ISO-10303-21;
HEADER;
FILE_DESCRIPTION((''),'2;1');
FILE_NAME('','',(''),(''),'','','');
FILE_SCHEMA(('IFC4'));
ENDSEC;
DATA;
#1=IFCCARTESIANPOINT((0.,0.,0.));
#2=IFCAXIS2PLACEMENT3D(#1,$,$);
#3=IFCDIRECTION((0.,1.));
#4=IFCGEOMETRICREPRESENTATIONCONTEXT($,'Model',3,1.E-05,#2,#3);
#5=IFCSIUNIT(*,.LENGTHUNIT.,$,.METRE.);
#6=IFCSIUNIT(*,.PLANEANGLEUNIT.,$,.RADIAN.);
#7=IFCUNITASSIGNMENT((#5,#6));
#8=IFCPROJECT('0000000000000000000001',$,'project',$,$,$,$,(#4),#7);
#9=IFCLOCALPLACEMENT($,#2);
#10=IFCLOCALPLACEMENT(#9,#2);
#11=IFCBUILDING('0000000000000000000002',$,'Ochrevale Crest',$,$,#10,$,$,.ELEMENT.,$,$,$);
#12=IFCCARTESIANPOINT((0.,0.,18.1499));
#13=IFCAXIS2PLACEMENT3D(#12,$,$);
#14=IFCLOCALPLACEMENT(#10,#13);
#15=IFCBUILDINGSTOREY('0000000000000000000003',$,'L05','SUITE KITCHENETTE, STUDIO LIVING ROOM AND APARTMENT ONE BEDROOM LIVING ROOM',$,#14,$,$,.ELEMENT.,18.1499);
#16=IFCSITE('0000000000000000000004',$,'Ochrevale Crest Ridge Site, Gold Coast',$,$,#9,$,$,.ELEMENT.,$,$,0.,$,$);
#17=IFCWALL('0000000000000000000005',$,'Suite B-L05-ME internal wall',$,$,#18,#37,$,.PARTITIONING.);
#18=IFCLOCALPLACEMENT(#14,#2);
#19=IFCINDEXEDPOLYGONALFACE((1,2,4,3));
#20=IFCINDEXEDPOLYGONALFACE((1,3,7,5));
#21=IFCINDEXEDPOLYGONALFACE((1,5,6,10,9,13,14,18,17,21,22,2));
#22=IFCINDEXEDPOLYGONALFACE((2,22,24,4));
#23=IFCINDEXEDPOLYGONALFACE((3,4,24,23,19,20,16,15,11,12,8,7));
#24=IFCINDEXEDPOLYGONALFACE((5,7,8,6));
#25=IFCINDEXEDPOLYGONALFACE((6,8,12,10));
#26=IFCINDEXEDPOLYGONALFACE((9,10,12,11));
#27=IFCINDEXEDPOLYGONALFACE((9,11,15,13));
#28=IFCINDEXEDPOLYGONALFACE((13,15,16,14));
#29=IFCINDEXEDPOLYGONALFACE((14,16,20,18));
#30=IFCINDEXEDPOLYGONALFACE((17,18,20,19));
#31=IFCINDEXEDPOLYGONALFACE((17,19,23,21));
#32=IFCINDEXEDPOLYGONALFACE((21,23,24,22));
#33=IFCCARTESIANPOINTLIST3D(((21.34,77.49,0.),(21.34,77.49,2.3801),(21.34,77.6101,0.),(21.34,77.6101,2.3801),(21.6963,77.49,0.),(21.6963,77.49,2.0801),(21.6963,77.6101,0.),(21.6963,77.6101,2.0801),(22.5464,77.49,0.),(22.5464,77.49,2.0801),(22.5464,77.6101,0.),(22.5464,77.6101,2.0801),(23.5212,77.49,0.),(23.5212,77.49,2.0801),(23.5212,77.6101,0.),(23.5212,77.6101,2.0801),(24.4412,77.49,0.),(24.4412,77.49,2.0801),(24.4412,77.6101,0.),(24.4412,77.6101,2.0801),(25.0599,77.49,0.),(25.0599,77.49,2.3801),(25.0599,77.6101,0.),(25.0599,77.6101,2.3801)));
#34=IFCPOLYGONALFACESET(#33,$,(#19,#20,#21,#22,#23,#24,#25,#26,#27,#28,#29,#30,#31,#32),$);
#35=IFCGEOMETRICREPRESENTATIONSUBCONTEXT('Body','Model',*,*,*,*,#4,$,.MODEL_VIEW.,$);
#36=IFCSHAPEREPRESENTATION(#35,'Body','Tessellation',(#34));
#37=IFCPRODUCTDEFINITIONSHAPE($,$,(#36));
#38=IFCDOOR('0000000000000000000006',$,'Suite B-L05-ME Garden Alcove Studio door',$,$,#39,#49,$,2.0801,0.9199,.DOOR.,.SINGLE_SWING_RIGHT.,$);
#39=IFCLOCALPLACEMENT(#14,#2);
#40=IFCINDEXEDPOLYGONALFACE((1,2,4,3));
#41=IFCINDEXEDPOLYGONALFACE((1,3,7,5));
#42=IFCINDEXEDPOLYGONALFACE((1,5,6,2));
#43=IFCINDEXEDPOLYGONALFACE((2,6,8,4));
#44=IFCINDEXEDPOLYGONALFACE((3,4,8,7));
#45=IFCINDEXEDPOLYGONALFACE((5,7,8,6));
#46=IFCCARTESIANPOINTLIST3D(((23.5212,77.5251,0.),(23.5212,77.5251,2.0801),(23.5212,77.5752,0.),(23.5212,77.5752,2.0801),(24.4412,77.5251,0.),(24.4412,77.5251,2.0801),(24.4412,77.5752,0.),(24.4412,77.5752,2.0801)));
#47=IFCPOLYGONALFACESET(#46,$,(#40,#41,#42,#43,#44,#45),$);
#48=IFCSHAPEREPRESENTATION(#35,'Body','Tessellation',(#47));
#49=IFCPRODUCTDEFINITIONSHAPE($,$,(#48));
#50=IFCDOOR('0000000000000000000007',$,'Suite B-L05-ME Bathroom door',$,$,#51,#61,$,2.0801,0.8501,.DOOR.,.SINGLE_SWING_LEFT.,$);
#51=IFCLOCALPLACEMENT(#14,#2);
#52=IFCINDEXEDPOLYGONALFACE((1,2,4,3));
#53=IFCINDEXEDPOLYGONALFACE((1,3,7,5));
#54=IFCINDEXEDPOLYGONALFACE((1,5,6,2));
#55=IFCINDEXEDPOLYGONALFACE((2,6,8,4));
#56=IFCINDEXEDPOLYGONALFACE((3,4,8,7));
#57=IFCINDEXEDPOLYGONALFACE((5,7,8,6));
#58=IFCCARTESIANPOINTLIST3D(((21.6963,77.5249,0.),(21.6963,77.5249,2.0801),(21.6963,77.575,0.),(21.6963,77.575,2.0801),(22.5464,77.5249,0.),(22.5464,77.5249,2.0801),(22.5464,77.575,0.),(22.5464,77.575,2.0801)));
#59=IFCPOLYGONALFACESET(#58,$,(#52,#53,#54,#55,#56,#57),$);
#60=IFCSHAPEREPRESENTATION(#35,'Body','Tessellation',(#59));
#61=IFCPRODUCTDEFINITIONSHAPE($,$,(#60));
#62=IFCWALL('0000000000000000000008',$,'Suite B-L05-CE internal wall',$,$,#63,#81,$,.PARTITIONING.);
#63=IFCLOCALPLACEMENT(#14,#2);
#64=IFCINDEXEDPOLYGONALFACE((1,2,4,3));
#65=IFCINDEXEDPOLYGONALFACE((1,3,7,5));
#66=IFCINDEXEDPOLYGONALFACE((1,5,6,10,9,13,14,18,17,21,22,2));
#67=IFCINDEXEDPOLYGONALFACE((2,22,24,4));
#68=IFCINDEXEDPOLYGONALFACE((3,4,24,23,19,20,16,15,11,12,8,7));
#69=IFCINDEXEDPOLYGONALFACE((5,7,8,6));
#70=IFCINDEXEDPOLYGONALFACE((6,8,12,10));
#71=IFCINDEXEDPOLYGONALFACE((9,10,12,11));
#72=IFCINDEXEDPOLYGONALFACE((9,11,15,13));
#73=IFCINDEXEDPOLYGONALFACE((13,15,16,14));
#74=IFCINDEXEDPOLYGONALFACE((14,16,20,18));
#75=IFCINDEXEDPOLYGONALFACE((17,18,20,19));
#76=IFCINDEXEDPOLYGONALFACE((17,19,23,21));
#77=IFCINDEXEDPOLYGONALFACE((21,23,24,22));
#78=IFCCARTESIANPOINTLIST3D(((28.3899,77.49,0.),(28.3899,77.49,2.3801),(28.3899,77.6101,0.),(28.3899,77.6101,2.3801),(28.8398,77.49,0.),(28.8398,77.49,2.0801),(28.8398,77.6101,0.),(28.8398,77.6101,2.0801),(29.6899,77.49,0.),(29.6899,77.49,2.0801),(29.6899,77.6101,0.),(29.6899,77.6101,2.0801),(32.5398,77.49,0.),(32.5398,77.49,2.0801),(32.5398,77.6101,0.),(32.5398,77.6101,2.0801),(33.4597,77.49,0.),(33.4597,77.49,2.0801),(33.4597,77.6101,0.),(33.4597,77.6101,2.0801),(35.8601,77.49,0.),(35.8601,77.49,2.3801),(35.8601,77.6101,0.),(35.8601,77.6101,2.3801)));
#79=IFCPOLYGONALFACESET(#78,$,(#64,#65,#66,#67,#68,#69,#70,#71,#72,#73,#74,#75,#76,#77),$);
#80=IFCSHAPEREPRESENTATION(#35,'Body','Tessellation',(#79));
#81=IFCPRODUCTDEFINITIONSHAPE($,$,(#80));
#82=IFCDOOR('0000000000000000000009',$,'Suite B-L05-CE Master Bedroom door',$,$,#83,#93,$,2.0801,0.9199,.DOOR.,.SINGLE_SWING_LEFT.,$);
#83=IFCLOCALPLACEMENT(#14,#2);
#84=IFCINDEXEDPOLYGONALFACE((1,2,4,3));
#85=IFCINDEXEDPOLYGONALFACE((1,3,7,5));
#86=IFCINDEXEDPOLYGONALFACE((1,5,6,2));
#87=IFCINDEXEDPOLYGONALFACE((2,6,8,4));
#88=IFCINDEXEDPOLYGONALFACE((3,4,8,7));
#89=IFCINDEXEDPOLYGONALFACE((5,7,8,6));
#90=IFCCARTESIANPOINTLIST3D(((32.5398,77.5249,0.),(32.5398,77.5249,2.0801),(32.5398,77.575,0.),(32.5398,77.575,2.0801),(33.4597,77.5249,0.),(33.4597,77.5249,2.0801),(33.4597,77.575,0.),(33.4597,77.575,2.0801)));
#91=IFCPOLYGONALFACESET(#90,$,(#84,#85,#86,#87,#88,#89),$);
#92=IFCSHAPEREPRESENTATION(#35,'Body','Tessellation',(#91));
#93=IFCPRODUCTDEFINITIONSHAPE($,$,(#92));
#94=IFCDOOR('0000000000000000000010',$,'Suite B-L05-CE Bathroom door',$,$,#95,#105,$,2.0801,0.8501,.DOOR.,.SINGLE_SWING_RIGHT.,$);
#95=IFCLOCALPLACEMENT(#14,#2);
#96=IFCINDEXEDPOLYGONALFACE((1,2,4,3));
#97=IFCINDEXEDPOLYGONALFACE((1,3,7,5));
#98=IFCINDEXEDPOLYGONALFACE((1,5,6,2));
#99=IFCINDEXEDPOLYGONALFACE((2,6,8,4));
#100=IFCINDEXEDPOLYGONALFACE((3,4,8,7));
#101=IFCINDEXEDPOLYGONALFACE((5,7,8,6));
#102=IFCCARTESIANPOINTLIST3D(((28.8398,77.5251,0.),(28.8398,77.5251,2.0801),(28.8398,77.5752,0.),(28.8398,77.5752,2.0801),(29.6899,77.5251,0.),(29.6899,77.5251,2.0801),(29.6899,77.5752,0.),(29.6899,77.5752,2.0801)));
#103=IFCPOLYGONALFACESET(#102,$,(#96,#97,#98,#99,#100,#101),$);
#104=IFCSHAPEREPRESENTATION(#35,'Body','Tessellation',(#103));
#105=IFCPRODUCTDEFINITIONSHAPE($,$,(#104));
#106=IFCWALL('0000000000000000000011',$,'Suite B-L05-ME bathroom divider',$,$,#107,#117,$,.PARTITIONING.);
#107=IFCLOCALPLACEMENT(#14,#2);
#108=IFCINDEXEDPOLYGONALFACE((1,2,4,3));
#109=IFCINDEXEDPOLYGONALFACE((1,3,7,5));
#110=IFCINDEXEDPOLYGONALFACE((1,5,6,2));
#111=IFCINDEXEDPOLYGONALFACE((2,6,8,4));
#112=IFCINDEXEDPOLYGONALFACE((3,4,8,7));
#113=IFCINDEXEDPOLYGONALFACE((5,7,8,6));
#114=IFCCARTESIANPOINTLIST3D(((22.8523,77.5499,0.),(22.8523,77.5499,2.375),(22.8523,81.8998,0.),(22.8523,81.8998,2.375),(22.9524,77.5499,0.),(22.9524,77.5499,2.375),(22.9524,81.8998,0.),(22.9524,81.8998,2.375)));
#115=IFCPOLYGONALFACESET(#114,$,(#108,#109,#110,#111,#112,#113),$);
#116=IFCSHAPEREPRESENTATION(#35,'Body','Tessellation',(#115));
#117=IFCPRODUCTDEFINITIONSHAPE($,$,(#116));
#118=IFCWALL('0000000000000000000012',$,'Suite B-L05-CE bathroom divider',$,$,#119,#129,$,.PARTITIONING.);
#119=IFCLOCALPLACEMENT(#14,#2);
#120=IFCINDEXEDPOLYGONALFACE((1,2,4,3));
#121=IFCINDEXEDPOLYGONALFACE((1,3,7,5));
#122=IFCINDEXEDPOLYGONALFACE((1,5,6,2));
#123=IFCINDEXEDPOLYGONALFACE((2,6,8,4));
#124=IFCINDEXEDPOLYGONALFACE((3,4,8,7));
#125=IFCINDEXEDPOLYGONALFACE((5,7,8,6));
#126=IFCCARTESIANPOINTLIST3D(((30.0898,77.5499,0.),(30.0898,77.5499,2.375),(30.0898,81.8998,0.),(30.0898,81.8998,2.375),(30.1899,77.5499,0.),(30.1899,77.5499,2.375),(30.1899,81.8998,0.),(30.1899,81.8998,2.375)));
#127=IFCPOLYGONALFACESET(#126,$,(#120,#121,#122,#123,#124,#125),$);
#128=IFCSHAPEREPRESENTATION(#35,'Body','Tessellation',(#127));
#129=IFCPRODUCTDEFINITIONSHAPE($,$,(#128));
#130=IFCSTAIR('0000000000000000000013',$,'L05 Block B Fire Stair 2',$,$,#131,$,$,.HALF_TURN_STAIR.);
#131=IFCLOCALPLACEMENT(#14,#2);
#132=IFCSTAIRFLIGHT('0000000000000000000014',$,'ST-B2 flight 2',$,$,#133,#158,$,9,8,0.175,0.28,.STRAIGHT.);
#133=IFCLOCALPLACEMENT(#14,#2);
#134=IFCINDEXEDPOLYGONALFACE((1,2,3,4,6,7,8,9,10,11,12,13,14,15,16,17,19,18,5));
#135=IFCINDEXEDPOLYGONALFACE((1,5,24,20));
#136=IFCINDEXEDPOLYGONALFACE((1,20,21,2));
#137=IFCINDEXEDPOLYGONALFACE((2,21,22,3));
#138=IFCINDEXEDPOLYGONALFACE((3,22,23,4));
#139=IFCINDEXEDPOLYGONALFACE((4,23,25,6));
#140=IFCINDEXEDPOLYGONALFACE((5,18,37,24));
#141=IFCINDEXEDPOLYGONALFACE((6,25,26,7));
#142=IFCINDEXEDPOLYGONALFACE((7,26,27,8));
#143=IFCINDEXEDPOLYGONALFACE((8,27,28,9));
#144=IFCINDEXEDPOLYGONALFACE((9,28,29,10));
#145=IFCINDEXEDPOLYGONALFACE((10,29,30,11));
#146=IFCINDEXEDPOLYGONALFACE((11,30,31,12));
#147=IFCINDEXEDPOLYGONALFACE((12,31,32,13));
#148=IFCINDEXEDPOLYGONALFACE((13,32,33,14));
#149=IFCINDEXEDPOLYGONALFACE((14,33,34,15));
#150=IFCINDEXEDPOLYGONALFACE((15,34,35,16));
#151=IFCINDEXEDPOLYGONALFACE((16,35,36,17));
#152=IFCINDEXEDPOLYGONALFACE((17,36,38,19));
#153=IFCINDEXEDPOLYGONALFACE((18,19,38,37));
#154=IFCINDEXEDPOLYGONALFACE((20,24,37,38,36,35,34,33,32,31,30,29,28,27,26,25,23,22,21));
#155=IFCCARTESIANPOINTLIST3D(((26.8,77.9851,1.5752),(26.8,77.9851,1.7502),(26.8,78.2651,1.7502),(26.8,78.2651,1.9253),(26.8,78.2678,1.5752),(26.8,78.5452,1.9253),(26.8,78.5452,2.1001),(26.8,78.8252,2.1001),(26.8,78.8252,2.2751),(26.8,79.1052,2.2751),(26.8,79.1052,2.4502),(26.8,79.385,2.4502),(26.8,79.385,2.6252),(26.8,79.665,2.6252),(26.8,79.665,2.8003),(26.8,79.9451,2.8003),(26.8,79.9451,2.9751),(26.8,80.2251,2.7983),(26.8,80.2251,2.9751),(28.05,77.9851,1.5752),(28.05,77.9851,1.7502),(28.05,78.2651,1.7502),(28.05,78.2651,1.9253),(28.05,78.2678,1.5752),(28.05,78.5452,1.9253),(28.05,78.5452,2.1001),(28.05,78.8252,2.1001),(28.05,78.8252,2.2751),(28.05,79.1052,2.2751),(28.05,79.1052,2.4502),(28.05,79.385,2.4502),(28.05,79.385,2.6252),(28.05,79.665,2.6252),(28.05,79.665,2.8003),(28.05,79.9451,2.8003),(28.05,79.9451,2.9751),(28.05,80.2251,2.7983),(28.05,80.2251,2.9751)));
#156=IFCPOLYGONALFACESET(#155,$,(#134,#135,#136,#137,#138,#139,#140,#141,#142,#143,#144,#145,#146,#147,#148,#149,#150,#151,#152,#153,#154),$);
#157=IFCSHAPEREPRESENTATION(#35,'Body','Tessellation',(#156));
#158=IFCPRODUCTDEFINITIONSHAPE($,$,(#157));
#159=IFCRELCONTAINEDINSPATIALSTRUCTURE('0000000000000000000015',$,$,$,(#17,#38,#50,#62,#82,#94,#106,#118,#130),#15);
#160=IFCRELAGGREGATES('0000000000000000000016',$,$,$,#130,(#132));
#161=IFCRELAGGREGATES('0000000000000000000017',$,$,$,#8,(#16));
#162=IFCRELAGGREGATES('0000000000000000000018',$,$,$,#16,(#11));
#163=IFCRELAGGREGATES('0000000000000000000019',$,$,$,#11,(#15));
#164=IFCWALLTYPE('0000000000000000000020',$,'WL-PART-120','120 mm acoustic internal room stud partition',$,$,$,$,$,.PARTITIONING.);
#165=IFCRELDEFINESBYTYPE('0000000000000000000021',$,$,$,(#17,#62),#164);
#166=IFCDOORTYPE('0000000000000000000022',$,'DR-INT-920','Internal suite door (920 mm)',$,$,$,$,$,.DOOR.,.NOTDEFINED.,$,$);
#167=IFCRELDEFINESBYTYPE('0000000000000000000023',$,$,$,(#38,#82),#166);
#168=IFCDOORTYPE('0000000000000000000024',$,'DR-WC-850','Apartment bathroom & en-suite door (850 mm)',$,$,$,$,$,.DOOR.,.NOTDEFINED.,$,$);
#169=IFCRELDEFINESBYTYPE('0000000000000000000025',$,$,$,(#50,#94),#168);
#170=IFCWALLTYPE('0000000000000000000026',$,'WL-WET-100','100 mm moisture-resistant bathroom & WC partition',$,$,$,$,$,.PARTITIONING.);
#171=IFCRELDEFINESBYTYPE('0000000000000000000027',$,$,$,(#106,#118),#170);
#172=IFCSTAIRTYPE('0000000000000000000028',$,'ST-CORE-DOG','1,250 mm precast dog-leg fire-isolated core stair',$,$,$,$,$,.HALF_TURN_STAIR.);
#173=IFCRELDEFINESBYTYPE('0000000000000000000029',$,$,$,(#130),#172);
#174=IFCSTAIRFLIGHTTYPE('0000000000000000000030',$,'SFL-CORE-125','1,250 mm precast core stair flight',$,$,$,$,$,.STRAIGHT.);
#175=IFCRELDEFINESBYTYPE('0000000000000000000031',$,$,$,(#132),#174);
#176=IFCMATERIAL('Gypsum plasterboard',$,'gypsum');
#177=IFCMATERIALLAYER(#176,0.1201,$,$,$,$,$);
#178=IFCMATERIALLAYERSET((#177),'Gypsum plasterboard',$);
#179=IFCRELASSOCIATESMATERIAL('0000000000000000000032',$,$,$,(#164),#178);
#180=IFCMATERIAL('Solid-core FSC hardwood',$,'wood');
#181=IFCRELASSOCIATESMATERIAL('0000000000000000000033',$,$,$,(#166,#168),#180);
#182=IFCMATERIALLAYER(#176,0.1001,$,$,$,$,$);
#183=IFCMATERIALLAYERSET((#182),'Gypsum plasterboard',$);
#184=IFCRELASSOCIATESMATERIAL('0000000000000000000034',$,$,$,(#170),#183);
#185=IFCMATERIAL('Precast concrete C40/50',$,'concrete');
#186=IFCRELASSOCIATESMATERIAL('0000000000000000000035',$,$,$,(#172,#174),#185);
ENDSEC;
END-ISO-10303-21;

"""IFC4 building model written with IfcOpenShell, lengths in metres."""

from ifc_helpers import new_model, si_unit, direction, frame, frame_2d, origin, place, context, subcontext, project, spatial, polyline, rectangle, outline, extrude, material, layer, layer_set, type_object, element, fill, aggregate, save


model = new_model("IFC4")

# Units and contexts
model_context = context("Model", 3, precision=1e-05, world=origin(), true_north=direction((0.0, 1.0)))
body_context = subcontext(model_context, "Body", "Model", "MODEL_VIEW")
ifc_project = project(units=[si_unit("LENGTHUNIT", "METRE"), si_unit("PLANEANGLEUNIT", "RADIAN")], contexts=[model_context])

# Site, building, storey
site_placement = place(None, origin())
site = spatial("IfcSite", under=ifc_project, at=site_placement, Name="Ochrevale Crest Ridge Site, Gold Coast", CompositionType="ELEMENT", RefElevation=0.0)
building_placement = place(site_placement, origin())
building = spatial("IfcBuilding", under=site, at=building_placement, Name="Ochrevale Crest", CompositionType="ELEMENT")
storey_placement = place(building_placement, frame((0.0, 0.0, 18.1499)))
storey = spatial("IfcBuildingStorey", under=building, at=storey_placement, Name="L05", Description="SUITE KITCHENETTE, STUDIO LIVING ROOM AND APARTMENT ONE BEDROOM LIVING ROOM", CompositionType="ELEMENT", Elevation=18.1499)

# Walls, openings, doors
ifc_material_1 = material(Name="Gypsum plasterboard", Category="gypsum")
ifc_layer_1 = layer(ifc_material_1, 0.1201)
ifc_layer_set_1 = layer_set([ifc_layer_1], Name="Gypsum plasterboard")
wall_type_1 = type_object("IfcWallType", Name="WL-PART-120", Description="120 mm acoustic internal room stud partition", PredefinedType="PARTITIONING", material=ifc_layer_set_1)
wall_1_placement = place(storey_placement, frame((21.3401, 77.55, 0.0), z_axis=(0.0, 0.0, 1.0), x_axis=(1.0, 0.0, 0.0)))
wall_1 = element("IfcWall", 1, at=wall_1_placement, inside=storey, type_object=wall_type_1, Name="Suite B-L05-ME internal wall", PredefinedType="PARTITIONING", context=body_context, shape_type="SweptSolid", body=[
    extrude(rectangle(XDim=3.72, YDim=0.1201, at=frame_2d((1.8599, 0.0))), origin(), (0.0, 0.0, 1.0), 2.3801),
])
opening_1_placement = place(wall_1_placement, frame((0.3562, 0.0, 0.0)))
opening_1 = element("IfcOpeningElement", 2, at=opening_1_placement, cuts=wall_1, PredefinedType="OPENING", context=body_context, shape_type="SweptSolid", body=[
    extrude(rectangle(XDim=0.8501, YDim=2.0801, at=frame_2d((0.425, 1.04))), frame((0.0, 0.0701, 0.0), z_axis=(0.0, -1.0, 0.0), x_axis=(1.0, 0.0, 0.0)), (0.0, 0.0, 1.0), 0.1401),
])
opening_2_placement = place(wall_1_placement, frame((3.1011, 0.0, 0.0), z_axis=(0.0, 0.0, 1.0), x_axis=(-1.0, 0.0, 0.0)))
opening_2 = element("IfcOpeningElement", 3, at=opening_2_placement, cuts=wall_1, PredefinedType="OPENING", context=body_context, shape_type="SweptSolid", body=[
    extrude(rectangle(XDim=0.9199, YDim=2.0801, at=frame_2d((0.46, 1.04))), frame((0.0, 0.0701, 0.0), z_axis=(0.0, -1.0, 0.0), x_axis=(1.0, 0.0, 0.0)), (0.0, 0.0, 1.0), 0.1401),
])
ifc_material_2 = material(Name="Solid-core FSC hardwood", Category="wood")
door_type_1 = type_object("IfcDoorType", Name="DR-INT-920", Description="Internal suite door (920 mm)", OperationType="NOTDEFINED", PredefinedType="DOOR", material=ifc_material_2)
door_1_placement = place(opening_2_placement, origin())
door_1 = element("IfcDoor", 4, at=door_1_placement, inside=storey, type_object=door_type_1, Name="Suite B-L05-ME Garden Alcove Studio door", OperationType="SINGLE_SWING_RIGHT", OverallHeight=2.0801, OverallWidth=0.9199, PredefinedType="DOOR", context=body_context, shape_type="SweptSolid", body=[
    extrude(rectangle(XDim=0.9199, YDim=2.0801, at=frame_2d((0.46, 1.04))), frame((0.0, 0.0249, 0.0), z_axis=(0.0, -1.0, 0.0), x_axis=(1.0, 0.0, 0.0)), (0.0, 0.0, 1.0), 0.05),
])
fill(opening_2, door_1)
door_type_2 = type_object("IfcDoorType", Name="DR-WC-850", Description="Apartment bathroom & en-suite door (850 mm)", OperationType="NOTDEFINED", PredefinedType="DOOR", material=ifc_material_2)
door_2_placement = place(opening_1_placement, origin())
door_2 = element("IfcDoor", 5, at=door_2_placement, inside=storey, type_object=door_type_2, Name="Suite B-L05-ME Bathroom door", OperationType="SINGLE_SWING_LEFT", OverallHeight=2.0801, OverallWidth=0.8501, PredefinedType="DOOR", context=body_context, shape_type="SweptSolid", body=[
    extrude(rectangle(XDim=0.8501, YDim=2.0801, at=frame_2d((0.425, 1.04))), frame((0.0, 0.0249, 0.0), z_axis=(0.0, -1.0, 0.0), x_axis=(1.0, 0.0, 0.0)), (0.0, 0.0, 1.0), 0.05),
])
fill(opening_1, door_2)
wall_2_placement = place(storey_placement, frame((28.3899, 77.55, 0.0), z_axis=(0.0, 0.0, 1.0), x_axis=(1.0, 0.0, 0.0)))
wall_2 = element("IfcWall", 6, at=wall_2_placement, inside=storey, type_object=wall_type_1, Name="Suite B-L05-CE internal wall", PredefinedType="PARTITIONING", context=body_context, shape_type="SweptSolid", body=[
    extrude(rectangle(XDim=7.4702, YDim=0.1201, at=frame_2d((3.7351, 0.0))), origin(), (0.0, 0.0, 1.0), 2.3801),
])
opening_3_placement = place(wall_2_placement, frame((1.3, 0.0, 0.0), z_axis=(0.0, 0.0, 1.0), x_axis=(-1.0, 0.0, 0.0)))
opening_3 = element("IfcOpeningElement", 7, at=opening_3_placement, cuts=wall_2, PredefinedType="OPENING", context=body_context, shape_type="SweptSolid", body=[
    extrude(rectangle(XDim=0.8501, YDim=2.0801, at=frame_2d((0.425, 1.04))), frame((0.0, 0.0701, 0.0), z_axis=(0.0, -1.0, 0.0), x_axis=(1.0, 0.0, 0.0)), (0.0, 0.0, 1.0), 0.1401),
])
opening_4_placement = place(wall_2_placement, frame((4.1499, 0.0, 0.0)))
opening_4 = element("IfcOpeningElement", 8, at=opening_4_placement, cuts=wall_2, PredefinedType="OPENING", context=body_context, shape_type="SweptSolid", body=[
    extrude(rectangle(XDim=0.9199, YDim=2.0801, at=frame_2d((0.46, 1.04))), frame((0.0, 0.0701, 0.0), z_axis=(0.0, -1.0, 0.0), x_axis=(1.0, 0.0, 0.0)), (0.0, 0.0, 1.0), 0.1401),
])
door_3_placement = place(opening_4_placement, origin())
door_3 = element("IfcDoor", 9, at=door_3_placement, inside=storey, type_object=door_type_1, Name="Suite B-L05-CE Master Bedroom door", OperationType="SINGLE_SWING_LEFT", OverallHeight=2.0801, OverallWidth=0.9199, PredefinedType="DOOR", context=body_context, shape_type="SweptSolid", body=[
    extrude(rectangle(XDim=0.9199, YDim=2.0801, at=frame_2d((0.46, 1.04))), frame((0.0, 0.0249, 0.0), z_axis=(0.0, -1.0, 0.0), x_axis=(1.0, 0.0, 0.0)), (0.0, 0.0, 1.0), 0.05),
])
fill(opening_4, door_3)
door_4_placement = place(opening_3_placement, origin())
door_4 = element("IfcDoor", 10, at=door_4_placement, inside=storey, type_object=door_type_2, Name="Suite B-L05-CE Bathroom door", OperationType="SINGLE_SWING_RIGHT", OverallHeight=2.0801, OverallWidth=0.8501, PredefinedType="DOOR", context=body_context, shape_type="SweptSolid", body=[
    extrude(rectangle(XDim=0.8501, YDim=2.0801, at=frame_2d((0.425, 1.04))), frame((0.0, 0.0249, 0.0), z_axis=(0.0, -1.0, 0.0), x_axis=(1.0, 0.0, 0.0)), (0.0, 0.0, 1.0), 0.05),
])
fill(opening_3, door_4)

# Walls
ifc_layer_2 = layer(ifc_material_1, 0.1001)
ifc_layer_set_2 = layer_set([ifc_layer_2], Name="Gypsum plasterboard")
wall_type_2 = type_object("IfcWallType", Name="WL-WET-100", Description="100 mm moisture-resistant bathroom & WC partition", PredefinedType="PARTITIONING", material=ifc_layer_set_2)
for number, where, z_axis, x_axis, name in (
    (11, (22.9023, 77.55, 0.0), (0.0, 0.0, 1.0), (0.0, 1.0, 0.0), "Suite B-L05-ME bathroom divider"),
    (12, (30.1399, 77.55, 0.0), (0.0, 0.0, 1.0), (0.0, 1.0, 0.0), "Suite B-L05-CE bathroom divider"),
):
    element("IfcWall", number, at=place(storey_placement, frame(where, z_axis=z_axis, x_axis=x_axis)), inside=storey, type_object=wall_type_2, Name=name, PredefinedType="PARTITIONING", context=body_context, shape_type="SweptSolid", body=[
        extrude(rectangle(XDim=4.3499, YDim=0.1001, at=frame_2d((2.1748, 0.0))), origin(), (0.0, 0.0, 1.0), 2.375),
    ])

# Stair, stair flight
ifc_material_3 = material(Name="Precast concrete C40/50", Category="concrete")
stair_type = type_object("IfcStairType", Name="ST-CORE-DOG", Description="1,250 mm precast dog-leg fire-isolated core stair", PredefinedType="HALF_TURN_STAIR", material=ifc_material_3)
stair_placement = place(storey_placement, origin())
stair = element("IfcStair", 13, at=stair_placement, inside=storey, type_object=stair_type, Name="L05 Block B Fire Stair 2", PredefinedType="HALF_TURN_STAIR")
stair_flight_type = type_object("IfcStairFlightType", Name="SFL-CORE-125", Description="1,250 mm precast core stair flight", PredefinedType="STRAIGHT", material=ifc_material_3)
stair_flight_placement = place(storey_placement, frame((27.425, 77.9851, 1.5752), z_axis=(0.0, 0.0, 1.0), x_axis=(0.0, 1.0, 0.0)))
stair_flight = element("IfcStairFlight", 14, at=stair_flight_placement, type_object=stair_flight_type, Name="ST-B2 flight 2", NumberOfRisers=9, NumberOfTreads=8, PredefinedType="STRAIGHT", RiserHeight=0.175, TreadLength=0.28, context=body_context, shape_type="SweptSolid", body=[
    extrude(outline(polyline([(0.0, 0.0), (0.0, 0.175), (0.28, 0.175), (0.28, 0.3501), (0.5601, 0.3501), (0.5601, 0.5249), (0.8401, 0.5249), (0.8401, 0.7), (1.1201, 0.7), (1.1201, 0.875), (1.3999, 0.875), (1.3999, 1.05), (1.6799, 1.05), (1.6799, 1.2251), (1.96, 1.2251), (1.96, 1.3999), (2.24, 1.3999), (2.24, 1.575), (2.24, 1.2231), (0.2827, 0.0), (0.0, 0.0)])), frame((0.0, 0.625, 0.0), z_axis=(0.0, -1.0, 0.0), x_axis=(1.0, 0.0, 0.0)), (0.0, 0.0, 1.0), 1.25),
])
aggregate(stair, [stair_flight])

save(model, "model.ifc")
